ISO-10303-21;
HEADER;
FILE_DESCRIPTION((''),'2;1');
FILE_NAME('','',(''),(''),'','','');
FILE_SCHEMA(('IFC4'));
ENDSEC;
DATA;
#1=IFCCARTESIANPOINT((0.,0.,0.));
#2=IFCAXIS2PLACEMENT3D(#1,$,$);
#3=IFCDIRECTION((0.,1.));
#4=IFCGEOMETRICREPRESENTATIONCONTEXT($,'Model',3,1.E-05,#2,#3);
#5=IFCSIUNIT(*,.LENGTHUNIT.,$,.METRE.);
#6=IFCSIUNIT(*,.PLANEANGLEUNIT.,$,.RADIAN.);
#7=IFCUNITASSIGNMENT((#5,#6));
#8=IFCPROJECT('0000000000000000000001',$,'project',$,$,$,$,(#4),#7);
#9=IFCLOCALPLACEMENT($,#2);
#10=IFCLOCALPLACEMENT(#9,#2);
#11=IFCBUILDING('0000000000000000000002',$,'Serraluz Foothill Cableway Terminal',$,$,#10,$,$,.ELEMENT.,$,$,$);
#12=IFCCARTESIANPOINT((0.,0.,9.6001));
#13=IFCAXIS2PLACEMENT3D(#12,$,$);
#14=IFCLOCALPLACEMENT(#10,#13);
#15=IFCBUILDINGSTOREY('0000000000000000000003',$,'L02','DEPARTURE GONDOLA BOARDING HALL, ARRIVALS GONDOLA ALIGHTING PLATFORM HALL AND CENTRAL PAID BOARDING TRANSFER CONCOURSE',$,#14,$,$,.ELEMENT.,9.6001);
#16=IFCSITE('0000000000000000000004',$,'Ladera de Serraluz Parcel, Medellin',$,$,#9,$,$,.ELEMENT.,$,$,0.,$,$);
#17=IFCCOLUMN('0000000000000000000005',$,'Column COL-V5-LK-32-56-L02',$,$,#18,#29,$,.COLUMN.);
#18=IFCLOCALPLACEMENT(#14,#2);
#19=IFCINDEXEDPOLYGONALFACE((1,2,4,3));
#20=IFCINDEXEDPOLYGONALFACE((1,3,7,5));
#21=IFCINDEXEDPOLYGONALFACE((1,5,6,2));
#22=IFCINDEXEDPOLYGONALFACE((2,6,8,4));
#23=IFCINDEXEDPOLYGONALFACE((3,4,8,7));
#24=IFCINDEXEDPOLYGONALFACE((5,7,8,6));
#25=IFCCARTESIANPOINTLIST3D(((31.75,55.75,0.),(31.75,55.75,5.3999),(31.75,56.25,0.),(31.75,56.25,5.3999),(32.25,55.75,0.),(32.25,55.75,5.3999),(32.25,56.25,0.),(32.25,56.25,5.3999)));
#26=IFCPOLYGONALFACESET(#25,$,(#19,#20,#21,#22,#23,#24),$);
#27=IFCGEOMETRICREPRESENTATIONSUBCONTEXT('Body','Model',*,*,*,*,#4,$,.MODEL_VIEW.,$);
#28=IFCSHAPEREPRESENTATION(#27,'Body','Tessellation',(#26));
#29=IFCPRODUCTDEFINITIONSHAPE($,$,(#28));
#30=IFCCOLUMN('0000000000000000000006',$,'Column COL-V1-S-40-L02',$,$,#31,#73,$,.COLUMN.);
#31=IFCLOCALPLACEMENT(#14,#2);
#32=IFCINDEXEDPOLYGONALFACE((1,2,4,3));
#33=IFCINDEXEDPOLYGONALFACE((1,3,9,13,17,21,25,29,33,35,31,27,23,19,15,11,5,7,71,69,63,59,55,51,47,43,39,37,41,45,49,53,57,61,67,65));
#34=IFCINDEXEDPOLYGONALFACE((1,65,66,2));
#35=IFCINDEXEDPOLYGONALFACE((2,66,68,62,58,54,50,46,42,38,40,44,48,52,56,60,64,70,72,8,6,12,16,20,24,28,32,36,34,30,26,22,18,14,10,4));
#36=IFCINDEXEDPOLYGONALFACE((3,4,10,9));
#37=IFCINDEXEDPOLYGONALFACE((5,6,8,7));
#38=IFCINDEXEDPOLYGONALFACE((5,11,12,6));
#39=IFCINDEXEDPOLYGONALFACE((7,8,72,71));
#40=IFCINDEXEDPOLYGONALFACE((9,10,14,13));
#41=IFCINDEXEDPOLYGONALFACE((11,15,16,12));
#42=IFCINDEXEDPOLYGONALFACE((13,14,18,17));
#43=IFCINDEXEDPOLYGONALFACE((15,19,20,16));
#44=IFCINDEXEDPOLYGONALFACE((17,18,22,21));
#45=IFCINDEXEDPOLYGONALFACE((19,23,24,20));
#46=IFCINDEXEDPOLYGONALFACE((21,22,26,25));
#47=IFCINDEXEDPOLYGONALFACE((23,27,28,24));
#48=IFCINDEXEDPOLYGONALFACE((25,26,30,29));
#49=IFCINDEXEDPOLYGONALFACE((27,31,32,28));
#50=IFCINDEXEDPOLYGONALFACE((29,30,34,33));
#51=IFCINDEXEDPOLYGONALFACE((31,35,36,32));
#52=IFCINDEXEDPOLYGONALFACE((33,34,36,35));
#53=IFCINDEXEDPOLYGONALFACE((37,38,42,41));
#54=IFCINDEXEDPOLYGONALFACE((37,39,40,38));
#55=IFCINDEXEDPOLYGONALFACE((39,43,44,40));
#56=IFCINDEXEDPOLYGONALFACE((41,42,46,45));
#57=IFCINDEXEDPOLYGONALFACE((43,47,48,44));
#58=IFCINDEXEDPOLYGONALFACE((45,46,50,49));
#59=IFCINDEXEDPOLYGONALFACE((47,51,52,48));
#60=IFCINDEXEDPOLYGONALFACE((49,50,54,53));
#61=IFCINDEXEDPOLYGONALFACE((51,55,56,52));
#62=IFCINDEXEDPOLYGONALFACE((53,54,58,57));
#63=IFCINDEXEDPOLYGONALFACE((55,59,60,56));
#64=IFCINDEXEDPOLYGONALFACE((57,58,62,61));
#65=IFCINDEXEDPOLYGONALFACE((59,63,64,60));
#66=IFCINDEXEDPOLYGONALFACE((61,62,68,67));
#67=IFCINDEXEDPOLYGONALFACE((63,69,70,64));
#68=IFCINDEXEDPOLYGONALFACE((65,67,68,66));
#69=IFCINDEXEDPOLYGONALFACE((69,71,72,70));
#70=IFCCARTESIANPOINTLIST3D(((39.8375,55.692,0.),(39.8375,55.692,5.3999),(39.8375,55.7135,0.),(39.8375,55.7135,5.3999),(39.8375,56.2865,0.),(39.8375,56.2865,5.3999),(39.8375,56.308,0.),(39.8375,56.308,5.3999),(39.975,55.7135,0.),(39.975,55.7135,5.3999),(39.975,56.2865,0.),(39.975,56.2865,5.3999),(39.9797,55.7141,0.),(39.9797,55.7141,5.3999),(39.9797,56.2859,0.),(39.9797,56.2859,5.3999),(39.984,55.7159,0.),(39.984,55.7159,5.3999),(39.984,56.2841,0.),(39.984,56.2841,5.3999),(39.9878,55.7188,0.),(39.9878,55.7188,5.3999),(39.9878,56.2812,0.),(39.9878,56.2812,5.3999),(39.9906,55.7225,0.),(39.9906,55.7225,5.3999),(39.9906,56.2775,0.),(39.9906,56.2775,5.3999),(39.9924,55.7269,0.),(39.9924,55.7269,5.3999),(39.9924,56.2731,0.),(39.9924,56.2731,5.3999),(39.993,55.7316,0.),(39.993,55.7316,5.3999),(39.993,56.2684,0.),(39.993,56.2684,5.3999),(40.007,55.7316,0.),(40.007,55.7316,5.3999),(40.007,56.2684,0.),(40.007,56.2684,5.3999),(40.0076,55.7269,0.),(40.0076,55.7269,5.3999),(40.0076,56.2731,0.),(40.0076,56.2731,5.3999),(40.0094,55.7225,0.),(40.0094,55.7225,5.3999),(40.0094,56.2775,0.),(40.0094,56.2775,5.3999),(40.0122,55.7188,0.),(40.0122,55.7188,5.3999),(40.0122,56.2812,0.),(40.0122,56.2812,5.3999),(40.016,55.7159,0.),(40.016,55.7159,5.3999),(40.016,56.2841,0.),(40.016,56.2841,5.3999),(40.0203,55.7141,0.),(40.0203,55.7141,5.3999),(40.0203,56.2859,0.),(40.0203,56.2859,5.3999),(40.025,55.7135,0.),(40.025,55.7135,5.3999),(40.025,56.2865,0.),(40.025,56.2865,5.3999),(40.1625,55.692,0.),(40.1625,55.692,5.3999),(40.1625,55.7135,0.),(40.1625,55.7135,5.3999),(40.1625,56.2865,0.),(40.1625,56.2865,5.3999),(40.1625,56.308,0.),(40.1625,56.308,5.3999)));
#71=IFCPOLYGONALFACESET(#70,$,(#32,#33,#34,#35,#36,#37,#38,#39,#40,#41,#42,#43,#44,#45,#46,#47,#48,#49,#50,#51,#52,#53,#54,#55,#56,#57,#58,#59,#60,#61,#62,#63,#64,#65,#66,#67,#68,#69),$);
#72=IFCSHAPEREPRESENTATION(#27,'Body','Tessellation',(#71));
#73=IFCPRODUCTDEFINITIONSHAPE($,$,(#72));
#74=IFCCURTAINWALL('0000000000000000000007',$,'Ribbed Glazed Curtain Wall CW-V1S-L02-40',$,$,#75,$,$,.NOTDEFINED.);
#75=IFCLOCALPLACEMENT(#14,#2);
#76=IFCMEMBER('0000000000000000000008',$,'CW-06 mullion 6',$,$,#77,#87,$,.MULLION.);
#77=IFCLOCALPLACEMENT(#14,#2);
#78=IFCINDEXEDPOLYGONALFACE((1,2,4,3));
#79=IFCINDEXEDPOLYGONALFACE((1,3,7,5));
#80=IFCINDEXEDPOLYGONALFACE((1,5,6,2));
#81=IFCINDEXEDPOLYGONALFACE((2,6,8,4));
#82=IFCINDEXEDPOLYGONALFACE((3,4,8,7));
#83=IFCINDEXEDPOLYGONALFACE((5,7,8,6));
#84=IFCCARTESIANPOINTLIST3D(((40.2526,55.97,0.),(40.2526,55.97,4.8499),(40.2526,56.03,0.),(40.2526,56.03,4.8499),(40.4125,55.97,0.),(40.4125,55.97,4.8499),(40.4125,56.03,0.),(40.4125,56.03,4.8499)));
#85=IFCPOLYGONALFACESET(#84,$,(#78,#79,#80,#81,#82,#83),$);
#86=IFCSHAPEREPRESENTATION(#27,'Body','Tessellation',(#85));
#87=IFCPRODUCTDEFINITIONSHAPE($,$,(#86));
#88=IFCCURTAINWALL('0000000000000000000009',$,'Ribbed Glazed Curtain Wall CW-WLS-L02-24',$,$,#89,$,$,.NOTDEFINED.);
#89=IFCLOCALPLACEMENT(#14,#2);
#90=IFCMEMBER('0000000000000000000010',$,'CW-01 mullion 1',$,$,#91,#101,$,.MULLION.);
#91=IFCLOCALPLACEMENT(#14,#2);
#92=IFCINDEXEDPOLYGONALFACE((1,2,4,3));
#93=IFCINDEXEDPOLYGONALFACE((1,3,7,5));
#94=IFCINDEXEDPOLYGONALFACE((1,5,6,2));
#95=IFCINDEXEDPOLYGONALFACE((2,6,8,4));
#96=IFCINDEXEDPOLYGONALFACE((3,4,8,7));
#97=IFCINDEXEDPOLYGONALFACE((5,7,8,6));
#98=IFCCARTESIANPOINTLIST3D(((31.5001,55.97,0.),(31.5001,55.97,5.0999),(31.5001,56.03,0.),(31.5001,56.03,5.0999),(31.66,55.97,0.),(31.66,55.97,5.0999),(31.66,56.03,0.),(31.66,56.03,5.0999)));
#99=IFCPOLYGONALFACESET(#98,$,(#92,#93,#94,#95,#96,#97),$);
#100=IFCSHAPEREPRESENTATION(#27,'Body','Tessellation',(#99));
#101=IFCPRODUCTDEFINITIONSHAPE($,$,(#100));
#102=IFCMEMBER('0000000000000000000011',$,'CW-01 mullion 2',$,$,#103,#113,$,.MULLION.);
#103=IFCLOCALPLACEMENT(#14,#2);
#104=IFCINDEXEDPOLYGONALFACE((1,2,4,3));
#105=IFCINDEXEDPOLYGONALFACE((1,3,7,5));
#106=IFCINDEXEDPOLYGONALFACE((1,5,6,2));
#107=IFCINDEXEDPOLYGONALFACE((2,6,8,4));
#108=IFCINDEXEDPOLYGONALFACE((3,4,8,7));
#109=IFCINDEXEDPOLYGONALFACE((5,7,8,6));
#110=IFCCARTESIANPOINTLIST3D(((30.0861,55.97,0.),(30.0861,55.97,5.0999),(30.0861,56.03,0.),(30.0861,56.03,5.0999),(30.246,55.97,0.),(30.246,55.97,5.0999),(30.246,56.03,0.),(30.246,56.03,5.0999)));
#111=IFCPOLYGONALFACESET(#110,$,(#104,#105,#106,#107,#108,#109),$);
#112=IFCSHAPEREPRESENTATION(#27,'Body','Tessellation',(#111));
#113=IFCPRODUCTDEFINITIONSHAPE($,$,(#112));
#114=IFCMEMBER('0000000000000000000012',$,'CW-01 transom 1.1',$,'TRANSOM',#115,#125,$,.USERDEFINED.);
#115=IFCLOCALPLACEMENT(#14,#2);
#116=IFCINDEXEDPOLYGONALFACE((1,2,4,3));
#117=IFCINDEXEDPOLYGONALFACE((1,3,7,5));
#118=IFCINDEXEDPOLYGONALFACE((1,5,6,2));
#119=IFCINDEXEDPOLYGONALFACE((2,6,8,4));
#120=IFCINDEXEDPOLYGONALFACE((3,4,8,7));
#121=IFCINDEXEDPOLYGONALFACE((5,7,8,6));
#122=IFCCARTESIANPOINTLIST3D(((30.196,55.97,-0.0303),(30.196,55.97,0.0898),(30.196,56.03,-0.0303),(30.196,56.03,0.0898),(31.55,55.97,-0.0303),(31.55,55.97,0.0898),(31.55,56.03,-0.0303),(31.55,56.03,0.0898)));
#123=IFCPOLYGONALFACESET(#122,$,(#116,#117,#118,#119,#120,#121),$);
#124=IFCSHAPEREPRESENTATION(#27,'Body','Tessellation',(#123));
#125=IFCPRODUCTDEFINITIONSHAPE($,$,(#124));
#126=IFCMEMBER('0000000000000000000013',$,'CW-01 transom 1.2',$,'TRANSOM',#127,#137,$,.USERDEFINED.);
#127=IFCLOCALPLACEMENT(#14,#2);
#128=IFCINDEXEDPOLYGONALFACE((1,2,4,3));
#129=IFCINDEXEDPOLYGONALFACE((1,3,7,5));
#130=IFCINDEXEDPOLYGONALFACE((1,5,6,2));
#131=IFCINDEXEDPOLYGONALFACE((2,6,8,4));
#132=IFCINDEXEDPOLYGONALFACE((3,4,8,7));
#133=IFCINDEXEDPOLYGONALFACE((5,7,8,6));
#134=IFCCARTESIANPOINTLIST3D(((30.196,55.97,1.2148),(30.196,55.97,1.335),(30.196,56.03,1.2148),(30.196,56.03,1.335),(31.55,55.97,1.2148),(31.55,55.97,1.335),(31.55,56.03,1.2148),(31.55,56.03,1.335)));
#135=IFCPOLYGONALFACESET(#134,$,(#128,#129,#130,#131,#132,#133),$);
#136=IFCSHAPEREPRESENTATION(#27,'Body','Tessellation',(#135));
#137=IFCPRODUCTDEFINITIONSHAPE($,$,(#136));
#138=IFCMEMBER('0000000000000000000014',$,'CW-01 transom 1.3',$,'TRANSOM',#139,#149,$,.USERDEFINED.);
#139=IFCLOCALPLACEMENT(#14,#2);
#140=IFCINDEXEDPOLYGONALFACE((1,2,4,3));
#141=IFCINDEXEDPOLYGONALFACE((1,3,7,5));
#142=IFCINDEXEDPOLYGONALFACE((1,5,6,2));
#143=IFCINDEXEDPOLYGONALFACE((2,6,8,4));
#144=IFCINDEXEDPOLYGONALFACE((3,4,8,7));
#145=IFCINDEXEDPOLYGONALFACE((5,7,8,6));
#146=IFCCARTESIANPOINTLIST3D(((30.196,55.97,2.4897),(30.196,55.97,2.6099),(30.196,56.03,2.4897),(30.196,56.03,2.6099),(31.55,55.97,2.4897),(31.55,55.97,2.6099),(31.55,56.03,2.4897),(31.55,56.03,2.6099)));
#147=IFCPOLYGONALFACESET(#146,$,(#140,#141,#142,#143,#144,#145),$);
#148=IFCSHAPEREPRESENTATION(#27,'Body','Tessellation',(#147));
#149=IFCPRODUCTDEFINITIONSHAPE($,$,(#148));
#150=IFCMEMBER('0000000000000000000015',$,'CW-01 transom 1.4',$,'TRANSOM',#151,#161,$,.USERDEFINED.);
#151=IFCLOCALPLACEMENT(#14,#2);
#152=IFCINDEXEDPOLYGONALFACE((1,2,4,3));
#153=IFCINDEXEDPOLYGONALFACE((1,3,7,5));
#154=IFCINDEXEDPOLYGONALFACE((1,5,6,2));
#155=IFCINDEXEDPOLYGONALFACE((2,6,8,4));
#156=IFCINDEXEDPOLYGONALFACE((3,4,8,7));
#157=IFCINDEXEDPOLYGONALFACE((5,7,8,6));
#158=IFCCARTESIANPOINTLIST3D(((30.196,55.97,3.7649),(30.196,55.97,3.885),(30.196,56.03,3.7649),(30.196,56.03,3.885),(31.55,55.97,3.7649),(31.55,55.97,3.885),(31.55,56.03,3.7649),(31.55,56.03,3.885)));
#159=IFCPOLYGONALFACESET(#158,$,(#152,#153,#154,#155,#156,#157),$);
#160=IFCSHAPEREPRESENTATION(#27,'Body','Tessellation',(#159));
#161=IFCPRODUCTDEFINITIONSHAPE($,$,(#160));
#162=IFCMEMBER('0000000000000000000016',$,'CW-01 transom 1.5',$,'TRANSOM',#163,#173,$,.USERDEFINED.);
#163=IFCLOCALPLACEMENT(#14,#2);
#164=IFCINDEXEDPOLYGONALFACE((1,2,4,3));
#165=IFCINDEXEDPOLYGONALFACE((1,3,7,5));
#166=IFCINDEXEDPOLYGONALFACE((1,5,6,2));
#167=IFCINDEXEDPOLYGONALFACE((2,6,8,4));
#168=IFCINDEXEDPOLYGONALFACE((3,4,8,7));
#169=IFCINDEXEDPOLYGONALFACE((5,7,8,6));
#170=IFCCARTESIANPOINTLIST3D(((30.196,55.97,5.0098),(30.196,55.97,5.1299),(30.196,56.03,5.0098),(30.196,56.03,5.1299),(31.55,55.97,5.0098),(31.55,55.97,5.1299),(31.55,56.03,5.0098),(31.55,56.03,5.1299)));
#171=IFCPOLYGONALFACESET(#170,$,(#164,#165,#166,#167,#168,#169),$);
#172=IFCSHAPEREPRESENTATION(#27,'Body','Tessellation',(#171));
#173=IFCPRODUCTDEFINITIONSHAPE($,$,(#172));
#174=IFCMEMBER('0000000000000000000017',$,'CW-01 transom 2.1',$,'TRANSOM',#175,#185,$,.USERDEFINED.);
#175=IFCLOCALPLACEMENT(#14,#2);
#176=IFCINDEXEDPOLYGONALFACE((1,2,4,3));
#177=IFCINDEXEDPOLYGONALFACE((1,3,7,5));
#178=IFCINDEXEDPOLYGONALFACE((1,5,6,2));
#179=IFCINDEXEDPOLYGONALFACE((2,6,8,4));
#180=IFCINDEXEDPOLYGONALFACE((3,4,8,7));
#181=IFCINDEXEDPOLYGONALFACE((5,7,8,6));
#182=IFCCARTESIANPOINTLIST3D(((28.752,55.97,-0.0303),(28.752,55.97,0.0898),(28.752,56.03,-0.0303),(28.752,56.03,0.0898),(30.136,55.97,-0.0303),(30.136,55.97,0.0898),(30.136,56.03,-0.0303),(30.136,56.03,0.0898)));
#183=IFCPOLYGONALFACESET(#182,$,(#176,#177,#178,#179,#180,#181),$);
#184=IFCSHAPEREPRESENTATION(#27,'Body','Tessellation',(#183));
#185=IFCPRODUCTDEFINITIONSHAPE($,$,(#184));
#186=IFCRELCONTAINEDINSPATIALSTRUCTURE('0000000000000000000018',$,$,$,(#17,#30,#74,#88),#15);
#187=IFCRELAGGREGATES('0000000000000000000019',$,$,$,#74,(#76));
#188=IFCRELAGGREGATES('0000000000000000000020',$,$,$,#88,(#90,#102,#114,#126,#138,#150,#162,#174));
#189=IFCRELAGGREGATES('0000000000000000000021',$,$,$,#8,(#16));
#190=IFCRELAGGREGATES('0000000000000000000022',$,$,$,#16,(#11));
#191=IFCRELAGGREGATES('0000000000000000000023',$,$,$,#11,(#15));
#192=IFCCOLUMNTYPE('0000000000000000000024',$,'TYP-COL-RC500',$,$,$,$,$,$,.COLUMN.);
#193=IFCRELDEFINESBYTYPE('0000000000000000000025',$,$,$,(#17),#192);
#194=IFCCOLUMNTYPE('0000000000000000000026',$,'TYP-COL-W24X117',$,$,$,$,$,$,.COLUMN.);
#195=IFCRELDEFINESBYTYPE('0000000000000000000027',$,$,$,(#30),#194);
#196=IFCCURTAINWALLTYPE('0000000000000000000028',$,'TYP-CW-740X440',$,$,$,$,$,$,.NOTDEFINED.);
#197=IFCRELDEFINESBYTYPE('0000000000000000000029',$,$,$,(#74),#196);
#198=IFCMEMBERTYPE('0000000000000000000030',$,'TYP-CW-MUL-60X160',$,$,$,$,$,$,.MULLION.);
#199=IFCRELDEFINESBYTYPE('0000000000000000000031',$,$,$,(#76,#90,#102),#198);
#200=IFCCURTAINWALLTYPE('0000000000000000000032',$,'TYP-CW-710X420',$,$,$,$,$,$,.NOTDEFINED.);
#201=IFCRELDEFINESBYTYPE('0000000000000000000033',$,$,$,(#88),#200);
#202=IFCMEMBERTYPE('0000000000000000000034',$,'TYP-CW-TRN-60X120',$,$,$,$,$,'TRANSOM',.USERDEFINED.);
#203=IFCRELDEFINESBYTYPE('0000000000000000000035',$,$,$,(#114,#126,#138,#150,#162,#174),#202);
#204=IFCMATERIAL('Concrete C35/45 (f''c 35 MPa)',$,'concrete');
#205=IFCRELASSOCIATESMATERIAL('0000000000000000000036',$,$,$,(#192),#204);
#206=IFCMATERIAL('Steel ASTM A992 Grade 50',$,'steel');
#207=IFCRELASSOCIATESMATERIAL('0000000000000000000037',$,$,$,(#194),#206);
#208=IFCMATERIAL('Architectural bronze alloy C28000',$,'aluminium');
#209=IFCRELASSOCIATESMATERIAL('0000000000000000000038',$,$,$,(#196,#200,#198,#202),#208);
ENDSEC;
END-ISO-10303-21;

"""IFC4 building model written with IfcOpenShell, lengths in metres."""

from ifc_helpers import new_model, si_unit, direction, frame, origin, origin_2d, place, context, subcontext, project, spatial, rectangle, i_section, extrude, material, material_profile, profile_set, type_object, element, aggregate, save


model = new_model("IFC4")

# Units and contexts
model_context = context("Model", 3, precision=1e-05, world=origin(), true_north=direction((0.0, 1.0)))
body_context = subcontext(model_context, "Body", "Model", "MODEL_VIEW")
ifc_project = project(units=[si_unit("LENGTHUNIT", "METRE"), si_unit("PLANEANGLEUNIT", "RADIAN")], contexts=[model_context])

# Site, building, storey
site_placement = place(None, origin())
site = spatial("IfcSite", under=ifc_project, at=site_placement, Name="Ladera de Serraluz Parcel, Medellin", CompositionType="ELEMENT", RefElevation=0.0)
building_placement = place(site_placement, origin())
building = spatial("IfcBuilding", under=site, at=building_placement, Name="Serraluz Foothill Cableway Terminal", CompositionType="ELEMENT")
storey_placement = place(building_placement, frame((0.0, 0.0, 9.6001)))
storey = spatial("IfcBuildingStorey", under=building, at=storey_placement, Name="L02", Description="DEPARTURE GONDOLA BOARDING HALL, ARRIVALS GONDOLA ALIGHTING PLATFORM HALL AND CENTRAL PAID BOARDING TRANSFER CONCOURSE", CompositionType="ELEMENT", Elevation=9.6001)

# Columns
ifc_material_1 = material(Name="Concrete C35/45 (f'c 35 MPa)", Category="concrete")
ifc_material_profile_1 = material_profile(ifc_material_1, rectangle(XDim=0.5, YDim=0.5, at=origin_2d()), Name="RC 500x500")
ifc_profile_set_1 = profile_set([ifc_material_profile_1], Name="Concrete C35/45 (f'c 35 MPa)")
column_type_1 = type_object("IfcColumnType", Name="TYP-COL-RC500", PredefinedType="COLUMN", material=ifc_profile_set_1)
column_1_placement = place(storey_placement, frame((32.0, 56.0, 0.0), z_axis=(0.0, 0.0, 1.0), x_axis=(1.0, 0.0, 0.0)))
element("IfcColumn", 1, at=column_1_placement, inside=storey, type_object=column_type_1, Name="Column COL-V5-LK-32-56-L02", PredefinedType="COLUMN", context=body_context, shape_type="SweptSolid", body=[
    extrude(rectangle(XDim=0.5, YDim=0.5, at=origin_2d()), origin(), (0.0, 0.0, 1.0), 5.3999),
])
ifc_material_2 = material(Name="Steel ASTM A992 Grade 50", Category="steel")
ifc_material_profile_2 = material_profile(ifc_material_2, i_section(OverallWidth=0.325, OverallDepth=0.616, WebThickness=0.0139, FlangeThickness=0.0215, FilletRadius=0.0181, at=origin_2d()), Name="W24X117")
ifc_profile_set_2 = profile_set([ifc_material_profile_2], Name="Steel ASTM A992 Grade 50")
column_type_2 = type_object("IfcColumnType", Name="TYP-COL-W24X117", PredefinedType="COLUMN", material=ifc_profile_set_2)
column_2_placement = place(storey_placement, frame((40.0, 56.0, 0.0), z_axis=(0.0, 0.0, 1.0), x_axis=(1.0, 0.0, 0.0)))
element("IfcColumn", 2, at=column_2_placement, inside=storey, type_object=column_type_2, Name="Column COL-V1-S-40-L02", PredefinedType="COLUMN", context=body_context, shape_type="SweptSolid", body=[
    extrude(i_section(OverallWidth=0.325, OverallDepth=0.616, WebThickness=0.0139, FlangeThickness=0.0215, FilletRadius=0.0181, at=origin_2d()), origin(), (0.0, 0.0, 1.0), 5.3999),
])

# Curtain wall, member
ifc_material_3 = material(Name="Architectural bronze alloy C28000", Category="aluminium")
curtain_wall_type_1 = type_object("IfcCurtainWallType", Name="TYP-CW-740X440", PredefinedType="NOTDEFINED", material=ifc_material_3)
curtain_wall_1_placement = place(storey_placement, origin())
curtain_wall_1 = element("IfcCurtainWall", 3, at=curtain_wall_1_placement, inside=storey, type_object=curtain_wall_type_1, Name="Ribbed Glazed Curtain Wall CW-V1S-L02-40", PredefinedType="NOTDEFINED")
ifc_material_profile_3 = material_profile(ifc_material_3, rectangle(XDim=0.0601, YDim=0.1599, at=origin_2d()), Name="ALU MULLION 60x160")
ifc_profile_set_3 = profile_set([ifc_material_profile_3], Name="Architectural bronze alloy C28000")
member_type_1 = type_object("IfcMemberType", Name="TYP-CW-MUL-60X160", PredefinedType="MULLION", material=ifc_profile_set_3)
member_1_placement = place(storey_placement, frame((40.3325, 56.0, 0.0), z_axis=(0.0, 0.0, 1.0), x_axis=(0.0, -1.0, 0.0)))
member_1 = element("IfcMember", 4, at=member_1_placement, type_object=member_type_1, Name="CW-06 mullion 6", PredefinedType="MULLION", context=body_context, shape_type="SweptSolid", body=[
    extrude(rectangle(XDim=0.0601, YDim=0.1599, at=origin_2d()), origin(), (0.0, 0.0, 1.0), 4.8499),
])

# Curtain wall, members
curtain_wall_type_2 = type_object("IfcCurtainWallType", Name="TYP-CW-710X420", PredefinedType="NOTDEFINED", material=ifc_material_3)
curtain_wall_2_placement = place(storey_placement, origin())
curtain_wall_2 = element("IfcCurtainWall", 5, at=curtain_wall_2_placement, inside=storey, type_object=curtain_wall_type_2, Name="Ribbed Glazed Curtain Wall CW-WLS-L02-24", PredefinedType="NOTDEFINED")
member_2_placement = place(storey_placement, frame((31.5801, 56.0, 0.0), z_axis=(0.0, 0.0, 1.0), x_axis=(0.0, -1.0, 0.0)))
member_2 = element("IfcMember", 6, at=member_2_placement, type_object=member_type_1, Name="CW-01 mullion 1", PredefinedType="MULLION", context=body_context, shape_type="SweptSolid", body=[
    extrude(rectangle(XDim=0.0601, YDim=0.1599, at=origin_2d()), origin(), (0.0, 0.0, 1.0), 5.0999),
])
member_3_placement = place(storey_placement, frame((30.166, 56.0, 0.0), z_axis=(0.0, 0.0, 1.0), x_axis=(0.0, -1.0, 0.0)))
member_3 = element("IfcMember", 7, at=member_3_placement, type_object=member_type_1, Name="CW-01 mullion 2", PredefinedType="MULLION", context=body_context, shape_type="SweptSolid", body=[
    extrude(rectangle(XDim=0.0601, YDim=0.1599, at=origin_2d()), origin(), (0.0, 0.0, 1.0), 5.0999),
])
ifc_material_profile_4 = material_profile(ifc_material_3, rectangle(XDim=0.0601, YDim=0.1201, at=origin_2d()), Name="ALU TRANSOM 60x120")
ifc_profile_set_4 = profile_set([ifc_material_profile_4], Name="Architectural bronze alloy C28000")
member_type_2 = type_object("IfcMemberType", Name="TYP-CW-TRN-60X120", ElementType="TRANSOM", PredefinedType="USERDEFINED", material=ifc_profile_set_4)
member_4_placement = place(storey_placement, frame((31.55, 56.0, 0.0298), z_axis=(-1.0, 0.0, 0.0), x_axis=(0.0, -1.0, 0.0)))
member_4 = element("IfcMember", 8, at=member_4_placement, type_object=member_type_2, Name="CW-01 transom 1.1", ObjectType="TRANSOM", PredefinedType="USERDEFINED", context=body_context, shape_type="SweptSolid", body=[
    extrude(rectangle(XDim=0.0601, YDim=0.1201, at=origin_2d()), origin(), (0.0, 0.0, 1.0), 1.354),
])
member_5_placement = place(storey_placement, frame((31.55, 56.0, 1.2749), z_axis=(-1.0, 0.0, 0.0), x_axis=(0.0, -1.0, 0.0)))
member_5 = element("IfcMember", 9, at=member_5_placement, type_object=member_type_2, Name="CW-01 transom 1.2", ObjectType="TRANSOM", PredefinedType="USERDEFINED", context=body_context, shape_type="SweptSolid", body=[
    extrude(rectangle(XDim=0.0601, YDim=0.1201, at=origin_2d()), origin(), (0.0, 0.0, 1.0), 1.354),
])
member_6_placement = place(storey_placement, frame((31.55, 56.0, 2.5498), z_axis=(-1.0, 0.0, 0.0), x_axis=(0.0, -1.0, 0.0)))
member_6 = element("IfcMember", 10, at=member_6_placement, type_object=member_type_2, Name="CW-01 transom 1.3", ObjectType="TRANSOM", PredefinedType="USERDEFINED", context=body_context, shape_type="SweptSolid", body=[
    extrude(rectangle(XDim=0.0601, YDim=0.1201, at=origin_2d()), origin(), (0.0, 0.0, 1.0), 1.354),
])
member_7_placement = place(storey_placement, frame((31.55, 56.0, 3.825), z_axis=(-1.0, 0.0, 0.0), x_axis=(0.0, -1.0, 0.0)))
member_7 = element("IfcMember", 11, at=member_7_placement, type_object=member_type_2, Name="CW-01 transom 1.4", ObjectType="TRANSOM", PredefinedType="USERDEFINED", context=body_context, shape_type="SweptSolid", body=[
    extrude(rectangle(XDim=0.0601, YDim=0.1201, at=origin_2d()), origin(), (0.0, 0.0, 1.0), 1.354),
])
member_8_placement = place(storey_placement, frame((31.55, 56.0, 5.0698), z_axis=(-1.0, 0.0, 0.0), x_axis=(0.0, -1.0, 0.0)))
member_8 = element("IfcMember", 12, at=member_8_placement, type_object=member_type_2, Name="CW-01 transom 1.5", ObjectType="TRANSOM", PredefinedType="USERDEFINED", context=body_context, shape_type="SweptSolid", body=[
    extrude(rectangle(XDim=0.0601, YDim=0.1201, at=origin_2d()), origin(), (0.0, 0.0, 1.0), 1.354),
])
member_9_placement = place(storey_placement, frame((30.136, 56.0, 0.0298), z_axis=(-1.0, 0.0, 0.0), x_axis=(0.0, -1.0, 0.0)))
member_9 = element("IfcMember", 13, at=member_9_placement, type_object=member_type_2, Name="CW-01 transom 2.1", ObjectType="TRANSOM", PredefinedType="USERDEFINED", context=body_context, shape_type="SweptSolid", body=[
    extrude(rectangle(XDim=0.0601, YDim=0.1201, at=origin_2d()), origin(), (0.0, 0.0, 1.0), 1.384),
])

aggregate(curtain_wall_1, [member_1])
aggregate(curtain_wall_2, [member_2, member_3, member_4, member_5, member_6, member_7, member_8, member_9])

save(model, "model.ifc")
